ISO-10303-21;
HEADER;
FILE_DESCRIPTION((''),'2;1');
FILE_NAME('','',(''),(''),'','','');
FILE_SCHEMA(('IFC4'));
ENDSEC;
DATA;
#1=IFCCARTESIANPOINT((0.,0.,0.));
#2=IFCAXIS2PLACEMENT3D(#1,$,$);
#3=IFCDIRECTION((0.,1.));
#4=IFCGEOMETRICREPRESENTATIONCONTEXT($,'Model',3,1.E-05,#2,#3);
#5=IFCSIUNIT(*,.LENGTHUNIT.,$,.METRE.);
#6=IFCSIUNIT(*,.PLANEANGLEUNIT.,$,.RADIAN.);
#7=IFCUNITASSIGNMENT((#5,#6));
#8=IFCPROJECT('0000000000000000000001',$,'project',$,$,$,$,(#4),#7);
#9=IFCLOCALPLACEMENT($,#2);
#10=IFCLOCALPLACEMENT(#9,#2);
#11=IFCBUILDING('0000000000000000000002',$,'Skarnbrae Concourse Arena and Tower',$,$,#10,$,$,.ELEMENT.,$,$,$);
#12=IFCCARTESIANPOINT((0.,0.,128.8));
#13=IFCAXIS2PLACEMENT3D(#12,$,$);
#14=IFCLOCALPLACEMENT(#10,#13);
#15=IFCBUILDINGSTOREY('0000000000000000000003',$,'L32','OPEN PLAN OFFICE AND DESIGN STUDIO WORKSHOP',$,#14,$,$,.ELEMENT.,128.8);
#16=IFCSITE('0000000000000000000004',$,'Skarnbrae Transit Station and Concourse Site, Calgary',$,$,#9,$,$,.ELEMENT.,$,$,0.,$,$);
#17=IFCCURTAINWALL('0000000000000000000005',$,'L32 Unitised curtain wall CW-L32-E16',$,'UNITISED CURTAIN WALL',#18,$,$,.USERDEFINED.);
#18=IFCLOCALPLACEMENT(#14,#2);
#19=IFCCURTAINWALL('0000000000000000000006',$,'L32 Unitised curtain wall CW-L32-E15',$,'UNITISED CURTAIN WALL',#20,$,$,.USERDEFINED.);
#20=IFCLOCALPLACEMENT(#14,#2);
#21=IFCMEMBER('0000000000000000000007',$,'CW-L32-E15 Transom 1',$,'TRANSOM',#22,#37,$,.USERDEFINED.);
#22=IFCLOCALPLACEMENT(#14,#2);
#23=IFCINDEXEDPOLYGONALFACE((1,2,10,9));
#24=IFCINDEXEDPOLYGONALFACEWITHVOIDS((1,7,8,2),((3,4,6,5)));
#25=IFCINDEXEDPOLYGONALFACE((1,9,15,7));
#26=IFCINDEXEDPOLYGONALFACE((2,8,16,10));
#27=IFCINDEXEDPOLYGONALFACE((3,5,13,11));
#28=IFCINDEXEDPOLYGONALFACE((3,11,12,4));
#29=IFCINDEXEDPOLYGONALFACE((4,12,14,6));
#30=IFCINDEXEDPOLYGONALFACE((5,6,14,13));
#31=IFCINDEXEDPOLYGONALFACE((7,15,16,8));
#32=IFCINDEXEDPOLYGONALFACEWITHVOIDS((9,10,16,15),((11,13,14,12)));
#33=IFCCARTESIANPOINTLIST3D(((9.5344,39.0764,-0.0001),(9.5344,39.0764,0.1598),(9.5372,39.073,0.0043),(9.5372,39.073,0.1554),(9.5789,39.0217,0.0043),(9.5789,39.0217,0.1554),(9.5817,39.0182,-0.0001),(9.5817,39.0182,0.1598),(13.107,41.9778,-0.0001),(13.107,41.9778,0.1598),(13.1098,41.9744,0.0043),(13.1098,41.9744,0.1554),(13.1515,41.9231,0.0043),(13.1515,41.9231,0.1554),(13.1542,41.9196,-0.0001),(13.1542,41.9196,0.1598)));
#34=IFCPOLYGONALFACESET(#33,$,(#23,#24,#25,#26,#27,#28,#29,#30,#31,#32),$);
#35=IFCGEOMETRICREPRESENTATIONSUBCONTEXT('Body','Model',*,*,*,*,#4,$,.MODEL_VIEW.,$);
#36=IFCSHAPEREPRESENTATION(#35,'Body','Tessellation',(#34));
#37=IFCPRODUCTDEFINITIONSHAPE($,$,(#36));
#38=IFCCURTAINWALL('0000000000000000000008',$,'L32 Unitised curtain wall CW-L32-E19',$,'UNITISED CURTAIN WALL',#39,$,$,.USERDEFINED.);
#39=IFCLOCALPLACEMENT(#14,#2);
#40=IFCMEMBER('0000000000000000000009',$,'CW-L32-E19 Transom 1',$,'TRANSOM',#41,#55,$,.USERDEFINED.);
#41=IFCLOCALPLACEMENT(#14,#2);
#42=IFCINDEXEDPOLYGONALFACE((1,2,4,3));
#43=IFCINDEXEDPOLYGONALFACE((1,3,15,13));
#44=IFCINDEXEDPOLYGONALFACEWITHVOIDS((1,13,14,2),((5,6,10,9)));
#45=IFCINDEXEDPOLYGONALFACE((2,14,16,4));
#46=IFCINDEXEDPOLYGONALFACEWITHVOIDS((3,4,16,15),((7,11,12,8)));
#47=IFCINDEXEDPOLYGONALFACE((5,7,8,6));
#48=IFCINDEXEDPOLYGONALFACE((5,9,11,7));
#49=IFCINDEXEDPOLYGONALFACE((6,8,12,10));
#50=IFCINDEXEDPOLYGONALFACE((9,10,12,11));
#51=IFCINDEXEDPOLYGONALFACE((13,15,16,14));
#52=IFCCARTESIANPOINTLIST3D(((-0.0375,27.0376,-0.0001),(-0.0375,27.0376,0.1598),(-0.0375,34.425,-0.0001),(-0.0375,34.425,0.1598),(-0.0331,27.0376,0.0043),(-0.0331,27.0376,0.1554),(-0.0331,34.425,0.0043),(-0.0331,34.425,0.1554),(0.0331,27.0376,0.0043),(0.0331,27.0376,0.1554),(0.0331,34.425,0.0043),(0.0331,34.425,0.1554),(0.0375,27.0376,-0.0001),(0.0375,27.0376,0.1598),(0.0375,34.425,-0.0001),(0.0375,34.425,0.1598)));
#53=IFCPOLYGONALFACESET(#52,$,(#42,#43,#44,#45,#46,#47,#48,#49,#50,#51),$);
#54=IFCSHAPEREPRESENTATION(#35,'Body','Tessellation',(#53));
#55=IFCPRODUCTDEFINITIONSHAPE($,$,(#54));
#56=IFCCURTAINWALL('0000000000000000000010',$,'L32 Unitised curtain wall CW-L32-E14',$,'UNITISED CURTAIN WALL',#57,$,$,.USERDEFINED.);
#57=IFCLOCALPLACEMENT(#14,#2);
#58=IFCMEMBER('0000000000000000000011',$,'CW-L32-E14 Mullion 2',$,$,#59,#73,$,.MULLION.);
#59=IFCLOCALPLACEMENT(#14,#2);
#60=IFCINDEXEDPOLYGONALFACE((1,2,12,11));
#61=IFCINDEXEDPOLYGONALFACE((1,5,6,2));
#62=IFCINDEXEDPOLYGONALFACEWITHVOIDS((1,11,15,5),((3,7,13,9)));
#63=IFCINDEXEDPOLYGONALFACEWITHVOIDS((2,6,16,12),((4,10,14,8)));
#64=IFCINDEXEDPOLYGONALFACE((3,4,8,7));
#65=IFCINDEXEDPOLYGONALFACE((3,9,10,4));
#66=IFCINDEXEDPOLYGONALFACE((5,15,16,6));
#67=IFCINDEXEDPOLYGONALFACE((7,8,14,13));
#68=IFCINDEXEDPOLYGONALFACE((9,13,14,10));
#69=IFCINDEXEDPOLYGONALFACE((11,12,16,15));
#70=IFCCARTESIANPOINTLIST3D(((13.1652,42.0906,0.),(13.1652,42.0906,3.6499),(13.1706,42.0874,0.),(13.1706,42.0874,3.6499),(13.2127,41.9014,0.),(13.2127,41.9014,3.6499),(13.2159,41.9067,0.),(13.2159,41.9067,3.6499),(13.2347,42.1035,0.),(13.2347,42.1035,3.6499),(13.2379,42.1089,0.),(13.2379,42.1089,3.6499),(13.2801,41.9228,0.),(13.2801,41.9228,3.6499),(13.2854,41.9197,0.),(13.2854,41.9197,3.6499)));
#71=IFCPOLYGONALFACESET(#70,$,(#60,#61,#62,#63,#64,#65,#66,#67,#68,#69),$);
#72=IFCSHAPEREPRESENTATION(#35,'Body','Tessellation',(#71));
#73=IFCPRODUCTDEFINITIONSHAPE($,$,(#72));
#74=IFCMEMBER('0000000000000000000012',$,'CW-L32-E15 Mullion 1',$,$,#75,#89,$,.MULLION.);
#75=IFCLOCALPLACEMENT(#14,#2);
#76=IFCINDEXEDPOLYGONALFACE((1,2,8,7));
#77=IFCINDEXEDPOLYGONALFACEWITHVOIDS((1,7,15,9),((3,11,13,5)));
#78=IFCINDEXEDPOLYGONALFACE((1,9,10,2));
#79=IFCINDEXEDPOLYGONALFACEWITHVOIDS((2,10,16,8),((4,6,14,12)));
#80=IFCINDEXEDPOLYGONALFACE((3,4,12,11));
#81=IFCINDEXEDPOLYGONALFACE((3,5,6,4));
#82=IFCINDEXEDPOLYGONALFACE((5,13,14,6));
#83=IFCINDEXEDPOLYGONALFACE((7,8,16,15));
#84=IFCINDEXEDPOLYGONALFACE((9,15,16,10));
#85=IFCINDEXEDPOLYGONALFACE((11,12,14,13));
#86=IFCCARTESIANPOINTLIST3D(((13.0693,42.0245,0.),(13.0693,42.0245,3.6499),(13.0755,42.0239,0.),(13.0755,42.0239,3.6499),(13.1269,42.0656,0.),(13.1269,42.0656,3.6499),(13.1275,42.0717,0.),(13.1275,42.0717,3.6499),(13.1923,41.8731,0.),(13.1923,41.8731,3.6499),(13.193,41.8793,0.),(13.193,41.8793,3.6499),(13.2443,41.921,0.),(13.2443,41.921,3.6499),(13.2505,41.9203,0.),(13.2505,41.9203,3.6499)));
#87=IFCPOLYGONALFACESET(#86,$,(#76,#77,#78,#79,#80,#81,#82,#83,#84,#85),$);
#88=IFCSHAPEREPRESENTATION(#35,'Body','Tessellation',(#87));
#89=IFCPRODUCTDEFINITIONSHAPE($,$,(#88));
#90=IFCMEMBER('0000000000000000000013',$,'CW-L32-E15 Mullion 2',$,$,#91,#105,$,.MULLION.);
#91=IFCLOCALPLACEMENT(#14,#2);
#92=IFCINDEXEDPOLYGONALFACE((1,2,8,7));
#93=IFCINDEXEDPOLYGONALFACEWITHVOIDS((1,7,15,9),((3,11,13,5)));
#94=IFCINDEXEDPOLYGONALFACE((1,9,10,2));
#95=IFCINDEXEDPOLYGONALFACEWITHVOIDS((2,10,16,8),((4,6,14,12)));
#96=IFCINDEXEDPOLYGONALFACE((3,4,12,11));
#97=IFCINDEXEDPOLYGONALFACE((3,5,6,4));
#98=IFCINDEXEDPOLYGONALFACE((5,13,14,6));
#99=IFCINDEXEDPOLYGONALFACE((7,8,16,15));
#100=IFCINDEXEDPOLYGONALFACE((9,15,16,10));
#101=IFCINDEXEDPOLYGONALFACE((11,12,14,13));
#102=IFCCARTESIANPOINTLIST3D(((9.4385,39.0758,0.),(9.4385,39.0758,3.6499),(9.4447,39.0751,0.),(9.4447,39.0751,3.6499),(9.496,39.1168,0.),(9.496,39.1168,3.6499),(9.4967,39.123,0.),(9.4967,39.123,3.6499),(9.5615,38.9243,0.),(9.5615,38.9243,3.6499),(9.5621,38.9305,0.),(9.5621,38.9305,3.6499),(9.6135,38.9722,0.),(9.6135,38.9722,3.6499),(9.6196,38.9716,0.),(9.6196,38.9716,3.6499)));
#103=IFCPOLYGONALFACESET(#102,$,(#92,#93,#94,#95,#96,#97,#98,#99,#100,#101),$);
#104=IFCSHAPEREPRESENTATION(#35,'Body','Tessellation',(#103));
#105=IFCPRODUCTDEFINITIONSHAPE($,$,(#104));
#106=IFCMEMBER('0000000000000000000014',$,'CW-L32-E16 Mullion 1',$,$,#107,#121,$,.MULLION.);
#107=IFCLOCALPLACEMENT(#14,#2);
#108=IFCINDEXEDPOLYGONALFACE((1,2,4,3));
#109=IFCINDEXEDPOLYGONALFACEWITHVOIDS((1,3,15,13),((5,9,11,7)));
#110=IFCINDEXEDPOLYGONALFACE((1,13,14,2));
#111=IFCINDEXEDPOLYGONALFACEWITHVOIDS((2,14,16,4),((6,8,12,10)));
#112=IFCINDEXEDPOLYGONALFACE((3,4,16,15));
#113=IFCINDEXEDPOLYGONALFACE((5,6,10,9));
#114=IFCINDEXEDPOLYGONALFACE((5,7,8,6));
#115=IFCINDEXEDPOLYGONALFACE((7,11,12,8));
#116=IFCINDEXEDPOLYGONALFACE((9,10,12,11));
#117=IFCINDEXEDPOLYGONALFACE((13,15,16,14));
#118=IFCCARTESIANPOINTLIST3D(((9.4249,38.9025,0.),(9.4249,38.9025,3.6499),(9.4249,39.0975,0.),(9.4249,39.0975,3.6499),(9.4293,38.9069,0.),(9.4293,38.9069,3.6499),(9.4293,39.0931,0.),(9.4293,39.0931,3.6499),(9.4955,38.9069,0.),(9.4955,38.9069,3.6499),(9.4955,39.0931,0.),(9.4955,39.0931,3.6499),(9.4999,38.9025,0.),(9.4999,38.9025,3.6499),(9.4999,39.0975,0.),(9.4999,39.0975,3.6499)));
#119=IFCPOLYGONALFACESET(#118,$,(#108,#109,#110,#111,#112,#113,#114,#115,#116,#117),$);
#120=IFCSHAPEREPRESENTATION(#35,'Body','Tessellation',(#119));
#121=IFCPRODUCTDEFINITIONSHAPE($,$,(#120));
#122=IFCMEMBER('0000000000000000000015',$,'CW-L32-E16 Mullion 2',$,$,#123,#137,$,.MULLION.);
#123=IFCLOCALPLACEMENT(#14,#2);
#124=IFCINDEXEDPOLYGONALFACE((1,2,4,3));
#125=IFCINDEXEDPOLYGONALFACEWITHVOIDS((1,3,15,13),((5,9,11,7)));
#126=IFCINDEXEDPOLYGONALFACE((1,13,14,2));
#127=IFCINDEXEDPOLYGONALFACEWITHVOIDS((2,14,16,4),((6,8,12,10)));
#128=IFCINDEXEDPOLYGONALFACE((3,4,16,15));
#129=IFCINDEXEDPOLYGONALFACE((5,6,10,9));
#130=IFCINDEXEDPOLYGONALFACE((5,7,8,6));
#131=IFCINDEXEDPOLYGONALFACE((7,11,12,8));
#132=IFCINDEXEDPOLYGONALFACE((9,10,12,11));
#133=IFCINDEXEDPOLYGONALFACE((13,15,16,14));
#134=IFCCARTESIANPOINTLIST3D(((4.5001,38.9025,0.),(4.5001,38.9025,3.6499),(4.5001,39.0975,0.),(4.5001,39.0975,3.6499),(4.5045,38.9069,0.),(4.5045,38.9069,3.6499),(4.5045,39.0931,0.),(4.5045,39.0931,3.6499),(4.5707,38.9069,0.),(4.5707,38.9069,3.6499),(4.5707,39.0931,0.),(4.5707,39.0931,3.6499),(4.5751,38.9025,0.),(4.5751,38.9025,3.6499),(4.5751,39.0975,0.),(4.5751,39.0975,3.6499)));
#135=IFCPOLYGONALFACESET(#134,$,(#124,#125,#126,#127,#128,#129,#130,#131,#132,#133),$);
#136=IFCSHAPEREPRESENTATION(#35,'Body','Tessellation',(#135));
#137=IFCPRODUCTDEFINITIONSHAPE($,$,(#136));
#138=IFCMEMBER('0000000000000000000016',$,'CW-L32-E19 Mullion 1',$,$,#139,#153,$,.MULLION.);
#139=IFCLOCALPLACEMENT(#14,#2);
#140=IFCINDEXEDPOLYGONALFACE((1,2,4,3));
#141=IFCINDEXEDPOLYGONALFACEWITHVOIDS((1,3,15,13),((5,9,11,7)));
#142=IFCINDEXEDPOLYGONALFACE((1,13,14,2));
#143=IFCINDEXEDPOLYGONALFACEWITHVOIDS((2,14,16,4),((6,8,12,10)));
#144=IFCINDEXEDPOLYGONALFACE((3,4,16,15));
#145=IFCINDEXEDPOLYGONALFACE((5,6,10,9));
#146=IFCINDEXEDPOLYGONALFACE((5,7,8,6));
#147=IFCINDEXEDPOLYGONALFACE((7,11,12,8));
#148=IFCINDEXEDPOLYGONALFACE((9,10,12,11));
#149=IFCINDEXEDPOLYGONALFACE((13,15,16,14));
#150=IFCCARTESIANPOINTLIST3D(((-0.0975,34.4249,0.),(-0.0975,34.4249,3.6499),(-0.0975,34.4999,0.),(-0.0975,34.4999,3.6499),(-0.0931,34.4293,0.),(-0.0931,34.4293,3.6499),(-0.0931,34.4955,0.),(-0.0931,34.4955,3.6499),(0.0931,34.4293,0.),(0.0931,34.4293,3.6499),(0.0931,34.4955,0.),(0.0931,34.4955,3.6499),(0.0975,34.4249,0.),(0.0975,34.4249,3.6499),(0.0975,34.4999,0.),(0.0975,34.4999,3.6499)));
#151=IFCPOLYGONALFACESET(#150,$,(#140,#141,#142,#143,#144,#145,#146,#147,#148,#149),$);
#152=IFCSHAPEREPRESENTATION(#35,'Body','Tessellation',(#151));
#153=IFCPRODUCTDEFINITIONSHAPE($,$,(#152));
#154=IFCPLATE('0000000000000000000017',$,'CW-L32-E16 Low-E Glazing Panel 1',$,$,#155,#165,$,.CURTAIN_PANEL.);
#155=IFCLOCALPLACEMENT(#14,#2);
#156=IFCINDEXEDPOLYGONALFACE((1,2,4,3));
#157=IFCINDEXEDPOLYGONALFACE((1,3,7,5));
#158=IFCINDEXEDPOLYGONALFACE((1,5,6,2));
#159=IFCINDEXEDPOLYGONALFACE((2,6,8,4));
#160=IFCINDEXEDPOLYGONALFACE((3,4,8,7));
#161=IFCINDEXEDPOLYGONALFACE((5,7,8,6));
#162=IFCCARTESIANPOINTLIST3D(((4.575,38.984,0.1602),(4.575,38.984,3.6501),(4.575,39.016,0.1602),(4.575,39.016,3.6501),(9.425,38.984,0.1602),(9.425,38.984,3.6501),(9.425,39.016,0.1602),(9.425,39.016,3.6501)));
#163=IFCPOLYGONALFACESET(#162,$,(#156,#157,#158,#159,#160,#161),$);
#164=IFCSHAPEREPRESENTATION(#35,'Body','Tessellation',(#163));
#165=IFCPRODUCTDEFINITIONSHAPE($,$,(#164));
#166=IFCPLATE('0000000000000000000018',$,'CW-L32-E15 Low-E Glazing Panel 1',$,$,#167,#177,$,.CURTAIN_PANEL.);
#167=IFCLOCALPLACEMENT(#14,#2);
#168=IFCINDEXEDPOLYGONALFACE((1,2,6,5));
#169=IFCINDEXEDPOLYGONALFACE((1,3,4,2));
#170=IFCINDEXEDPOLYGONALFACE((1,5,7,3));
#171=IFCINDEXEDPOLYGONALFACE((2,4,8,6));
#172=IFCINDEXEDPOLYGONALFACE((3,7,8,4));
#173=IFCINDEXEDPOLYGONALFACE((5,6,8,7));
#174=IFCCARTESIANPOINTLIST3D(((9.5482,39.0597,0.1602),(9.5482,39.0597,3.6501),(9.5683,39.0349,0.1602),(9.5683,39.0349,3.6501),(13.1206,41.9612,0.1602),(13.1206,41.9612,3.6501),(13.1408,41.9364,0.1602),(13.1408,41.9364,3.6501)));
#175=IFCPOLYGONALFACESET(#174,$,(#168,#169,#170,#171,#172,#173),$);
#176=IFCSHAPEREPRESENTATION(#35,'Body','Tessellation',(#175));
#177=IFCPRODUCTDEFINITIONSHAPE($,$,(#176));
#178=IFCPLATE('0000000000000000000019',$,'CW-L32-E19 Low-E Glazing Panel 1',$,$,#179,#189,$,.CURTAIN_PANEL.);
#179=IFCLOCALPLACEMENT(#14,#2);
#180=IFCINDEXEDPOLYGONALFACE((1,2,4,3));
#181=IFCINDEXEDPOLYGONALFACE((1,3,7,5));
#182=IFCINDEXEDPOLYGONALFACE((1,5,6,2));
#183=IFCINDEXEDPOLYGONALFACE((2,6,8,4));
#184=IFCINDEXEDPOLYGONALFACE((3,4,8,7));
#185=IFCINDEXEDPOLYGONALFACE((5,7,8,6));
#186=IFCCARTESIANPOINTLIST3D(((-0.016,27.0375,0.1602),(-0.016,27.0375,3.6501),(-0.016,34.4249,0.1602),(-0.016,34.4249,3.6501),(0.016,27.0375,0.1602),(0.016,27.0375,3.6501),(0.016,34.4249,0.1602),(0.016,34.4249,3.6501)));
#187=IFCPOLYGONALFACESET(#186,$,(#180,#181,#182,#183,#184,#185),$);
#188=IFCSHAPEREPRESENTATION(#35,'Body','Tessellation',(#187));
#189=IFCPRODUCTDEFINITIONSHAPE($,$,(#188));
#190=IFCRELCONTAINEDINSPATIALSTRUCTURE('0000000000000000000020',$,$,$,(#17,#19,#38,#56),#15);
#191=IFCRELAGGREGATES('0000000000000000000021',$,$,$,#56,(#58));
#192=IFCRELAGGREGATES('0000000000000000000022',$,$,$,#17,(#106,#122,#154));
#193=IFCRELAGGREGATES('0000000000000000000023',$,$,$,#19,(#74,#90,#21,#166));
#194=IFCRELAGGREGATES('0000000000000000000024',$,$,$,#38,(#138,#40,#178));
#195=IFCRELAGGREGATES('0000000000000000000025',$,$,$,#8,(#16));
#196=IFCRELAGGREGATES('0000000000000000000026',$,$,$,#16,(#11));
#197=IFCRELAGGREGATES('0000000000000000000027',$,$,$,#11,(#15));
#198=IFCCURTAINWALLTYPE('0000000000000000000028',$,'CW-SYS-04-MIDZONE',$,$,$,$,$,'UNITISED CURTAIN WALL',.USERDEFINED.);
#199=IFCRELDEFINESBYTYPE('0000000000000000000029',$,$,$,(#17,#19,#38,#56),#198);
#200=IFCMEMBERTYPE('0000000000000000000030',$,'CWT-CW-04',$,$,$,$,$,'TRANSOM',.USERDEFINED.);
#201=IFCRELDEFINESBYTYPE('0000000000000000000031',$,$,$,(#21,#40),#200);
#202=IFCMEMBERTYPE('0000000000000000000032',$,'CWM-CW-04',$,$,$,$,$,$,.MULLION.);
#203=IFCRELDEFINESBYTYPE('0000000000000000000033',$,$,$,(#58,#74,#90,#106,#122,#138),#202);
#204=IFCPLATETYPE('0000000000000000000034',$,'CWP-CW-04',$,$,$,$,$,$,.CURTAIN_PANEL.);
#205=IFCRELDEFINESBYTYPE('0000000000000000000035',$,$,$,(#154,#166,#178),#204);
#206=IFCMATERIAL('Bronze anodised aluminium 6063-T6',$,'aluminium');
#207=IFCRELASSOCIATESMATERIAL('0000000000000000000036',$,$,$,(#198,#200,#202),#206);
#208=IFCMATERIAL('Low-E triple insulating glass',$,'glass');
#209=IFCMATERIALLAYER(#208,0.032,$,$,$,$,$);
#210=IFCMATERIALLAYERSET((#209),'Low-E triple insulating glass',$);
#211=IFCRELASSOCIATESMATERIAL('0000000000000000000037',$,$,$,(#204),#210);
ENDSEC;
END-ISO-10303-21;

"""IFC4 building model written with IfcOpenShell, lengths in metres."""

from ifc_helpers import new_model, si_unit, direction, frame, origin, origin_2d, place, context, subcontext, project, spatial, rectangle, hollow_rectangle, extrude, source, transform, mapped, material, layer, layer_set, material_profile, profile_set, type_object, element, aggregate, save


model = new_model("IFC4")

# Units and contexts
model_context = context("Model", 3, precision=1e-05, world=origin(), true_north=direction((0.0, 1.0)))
body_context = subcontext(model_context, "Body", "Model", "MODEL_VIEW")
ifc_project = project(units=[si_unit("LENGTHUNIT", "METRE"), si_unit("PLANEANGLEUNIT", "RADIAN")], contexts=[model_context])

# Site, building, storey
site_placement = place(None, origin())
site = spatial("IfcSite", under=ifc_project, at=site_placement, Name="Skarnbrae Transit Station and Concourse Site, Calgary", CompositionType="ELEMENT", RefElevation=0.0)
building_placement = place(site_placement, origin())
building = spatial("IfcBuilding", under=site, at=building_placement, Name="Skarnbrae Concourse Arena and Tower", CompositionType="ELEMENT")
storey_placement = place(building_placement, frame((0.0, 0.0, 128.8)))
storey = spatial("IfcBuildingStorey", under=building, at=storey_placement, Name="L32", Description="OPEN PLAN OFFICE AND DESIGN STUDIO WORKSHOP", CompositionType="ELEMENT", Elevation=128.8)

# Curtain walls, members
ifc_material_1 = material(Name="Bronze anodised aluminium 6063-T6", Category="aluminium")
curtain_wall_type = type_object("IfcCurtainWallType", Name="CW-SYS-04-MIDZONE", ElementType="UNITISED CURTAIN WALL", PredefinedType="USERDEFINED", material=ifc_material_1)
curtain_wall_1_placement = place(storey_placement, origin())
curtain_wall_1 = element("IfcCurtainWall", 1, at=curtain_wall_1_placement, inside=storey, type_object=curtain_wall_type, Name="L32 Unitised curtain wall CW-L32-E16", ObjectType="UNITISED CURTAIN WALL", PredefinedType="USERDEFINED")
ifc_material_profile_1 = material_profile(ifc_material_1, hollow_rectangle(XDim=0.075, YDim=0.1599, WallThickness=0.0044, at=origin_2d()), Name="ALU-TRAN-75X160")
ifc_profile_set_1 = profile_set([ifc_material_profile_1], Name="Bronze anodised aluminium 6063-T6")
member_type_1 = type_object("IfcMemberType", Name="CWT-CW-04", ElementType="TRANSOM", PredefinedType="USERDEFINED", material=ifc_profile_set_1)
curtain_wall_2_placement = place(storey_placement, origin())
curtain_wall_2 = element("IfcCurtainWall", 2, at=curtain_wall_2_placement, inside=storey, type_object=curtain_wall_type, Name="L32 Unitised curtain wall CW-L32-E15", ObjectType="UNITISED CURTAIN WALL", PredefinedType="USERDEFINED")
shared_shape_1 = source(origin(), body_context, "Body", "SweptSolid", [
    extrude(hollow_rectangle(XDim=0.075, YDim=0.1599, WallThickness=0.0044, at=origin_2d()), origin(), (0.0, 0.0, 1.0), 4.6023),
])
member_1_placement = place(storey_placement, frame((13.1306, 41.9487, 0.0798), z_axis=(-0.776252, -0.630423, 0.0), x_axis=(0.630423, -0.776252, 0.0)))
member_1 = element("IfcMember", 3, at=member_1_placement, type_object=member_type_1, Name="CW-L32-E15 Transom 1", ObjectType="TRANSOM", PredefinedType="USERDEFINED", context=body_context, shape_type="MappedRepresentation", body=[
    mapped(shared_shape_1, transform((0.0, 0.0, 0.0))),
])
curtain_wall_3_placement = place(storey_placement, origin())
curtain_wall_3 = element("IfcCurtainWall", 4, at=curtain_wall_3_placement, inside=storey, type_object=curtain_wall_type, Name="L32 Unitised curtain wall CW-L32-E19", ObjectType="UNITISED CURTAIN WALL", PredefinedType="USERDEFINED")
shared_shape_2 = source(origin(), body_context, "Body", "SweptSolid", [
    extrude(hollow_rectangle(XDim=0.075, YDim=0.1599, WallThickness=0.0044, at=origin_2d()), origin(), (0.0, 0.0, 1.0), 7.3875),
])
member_2_placement = place(storey_placement, frame((0.0, 34.425, 0.0798), z_axis=(0.0, -1.0, 0.0), x_axis=(1.0, 0.0, 0.0)))
member_2 = element("IfcMember", 5, at=member_2_placement, type_object=member_type_1, Name="CW-L32-E19 Transom 1", ObjectType="TRANSOM", PredefinedType="USERDEFINED", context=body_context, shape_type="MappedRepresentation", body=[
    mapped(shared_shape_2, transform((0.0, 0.0, 0.0))),
])
curtain_wall_4_placement = place(storey_placement, origin())
curtain_wall_4 = element("IfcCurtainWall", 6, at=curtain_wall_4_placement, inside=storey, type_object=curtain_wall_type, Name="L32 Unitised curtain wall CW-L32-E14", ObjectType="UNITISED CURTAIN WALL", PredefinedType="USERDEFINED")
ifc_material_profile_2 = material_profile(ifc_material_1, hollow_rectangle(XDim=0.075, YDim=0.1951, WallThickness=0.0044, at=origin_2d()), Name="ALU-MULL-75X195")
ifc_profile_set_2 = profile_set([ifc_material_profile_2], Name="Bronze anodised aluminium 6063-T6")
member_type_2 = type_object("IfcMemberType", Name="CWM-CW-04", PredefinedType="MULLION", material=ifc_profile_set_2)
shared_shape_3 = source(origin(), body_context, "Body", "SweptSolid", [
    extrude(hollow_rectangle(XDim=0.075, YDim=0.1951, WallThickness=0.0044, at=origin_2d()), origin(), (0.0, 0.0, 1.0), 3.6499),
])
member_3_placement = place(storey_placement, frame((13.2253, 42.0051, 0.0), z_axis=(0.0, 0.0, 1.0), x_axis=(-0.969903, -0.243491, 0.0)))
member_3 = element("IfcMember", 7, at=member_3_placement, type_object=member_type_2, Name="CW-L32-E14 Mullion 2", PredefinedType="MULLION", context=body_context, shape_type="MappedRepresentation", body=[
    mapped(shared_shape_3, transform((0.0, 0.0, 0.0))),
])
aggregate(curtain_wall_4, [member_3])

# Members
member_4_placement = place(storey_placement, frame((13.1599, 41.9724, 0.0), z_axis=(0.0, 0.0, 1.0), x_axis=(-0.776241, -0.630436, 0.0)))
member_4 = element("IfcMember", 8, at=member_4_placement, type_object=member_type_2, Name="CW-L32-E15 Mullion 1", PredefinedType="MULLION", context=body_context, shape_type="MappedRepresentation", body=[
    mapped(shared_shape_3, transform((0.0, 0.0, 0.0))),
])
member_5_placement = place(storey_placement, frame((9.5291, 39.0237, 0.0), z_axis=(0.0, 0.0, 1.0), x_axis=(-0.776241, -0.630436, 0.0)))
member_5 = element("IfcMember", 9, at=member_5_placement, type_object=member_type_2, Name="CW-L32-E15 Mullion 2", PredefinedType="MULLION", context=body_context, shape_type="MappedRepresentation", body=[
    mapped(shared_shape_3, transform((0.0, 0.0, 0.0))),
])
member_6_placement = place(storey_placement, frame((9.4624, 39.0, 0.0), z_axis=(0.0, 0.0, 1.0), x_axis=(-1.0, 0.0, 0.0)))
member_6 = element("IfcMember", 10, at=member_6_placement, type_object=member_type_2, Name="CW-L32-E16 Mullion 1", PredefinedType="MULLION", context=body_context, shape_type="MappedRepresentation", body=[
    mapped(shared_shape_3, transform((0.0, 0.0, 0.0))),
])
member_7_placement = place(storey_placement, frame((4.5376, 39.0, 0.0), z_axis=(0.0, 0.0, 1.0), x_axis=(-1.0, 0.0, 0.0)))
member_7 = element("IfcMember", 11, at=member_7_placement, type_object=member_type_2, Name="CW-L32-E16 Mullion 2", PredefinedType="MULLION", context=body_context, shape_type="MappedRepresentation", body=[
    mapped(shared_shape_3, transform((0.0, 0.0, 0.0))),
])
member_8_placement = place(storey_placement, frame((0.0, 34.4624, 0.0), z_axis=(0.0, 0.0, 1.0), x_axis=(0.0, -1.0, 0.0)))
member_8 = element("IfcMember", 12, at=member_8_placement, type_object=member_type_2, Name="CW-L32-E19 Mullion 1", PredefinedType="MULLION", context=body_context, shape_type="MappedRepresentation", body=[
    mapped(shared_shape_3, transform((0.0, 0.0, 0.0))),
])

# Plates
ifc_material_2 = material(Name="Low-E triple insulating glass", Category="glass")
ifc_layer_1 = layer(ifc_material_2, 0.032)
ifc_layer_set_1 = layer_set([ifc_layer_1], Name="Low-E triple insulating glass")
plate_type = type_object("IfcPlateType", Name="CWP-CW-04", PredefinedType="CURTAIN_PANEL", material=ifc_layer_set_1)
shared_shape_4 = source(origin(), body_context, "Body", "SweptSolid", [
    extrude(rectangle(XDim=4.8501, YDim=0.032, at=origin_2d()), origin(), (0.0, 0.0, 1.0), 3.49),
])
plate_1_placement = place(storey_placement, frame((7.0, 39.0, 0.1602), z_axis=(0.0, 0.0, 1.0), x_axis=(-1.0, 0.0, 0.0)))
plate_1 = element("IfcPlate", 13, at=plate_1_placement, type_object=plate_type, Name="CW-L32-E16 Low-E Glazing Panel 1", PredefinedType="CURTAIN_PANEL", context=body_context, shape_type="MappedRepresentation", body=[
    mapped(shared_shape_4, transform((0.0, 0.0, 0.0))),
])
aggregate(curtain_wall_1, [member_6, member_7, plate_1])
shared_shape_5 = source(origin(), body_context, "Body", "SweptSolid", [
    extrude(rectangle(XDim=4.6023, YDim=0.032, at=origin_2d()), origin(), (0.0, 0.0, 1.0), 3.49),
])
plate_2_placement = place(storey_placement, frame((11.3445, 40.498, 0.1602), z_axis=(0.0, 0.0, 1.0), x_axis=(-0.776241, -0.630436, 0.0)))
plate_2 = element("IfcPlate", 14, at=plate_2_placement, type_object=plate_type, Name="CW-L32-E15 Low-E Glazing Panel 1", PredefinedType="CURTAIN_PANEL", context=body_context, shape_type="MappedRepresentation", body=[
    mapped(shared_shape_5, transform((0.0, 0.0, 0.0))),
])
aggregate(curtain_wall_2, [member_4, member_5, member_1, plate_2])
shared_shape_6 = source(origin(), body_context, "Body", "SweptSolid", [
    extrude(rectangle(XDim=7.3875, YDim=0.032, at=origin_2d()), origin(), (0.0, 0.0, 1.0), 3.49),
])
plate_3_placement = place(storey_placement, frame((0.0, 30.7312, 0.1602), z_axis=(0.0, 0.0, 1.0), x_axis=(0.0, -1.0, 0.0)))
plate_3 = element("IfcPlate", 15, at=plate_3_placement, type_object=plate_type, Name="CW-L32-E19 Low-E Glazing Panel 1", PredefinedType="CURTAIN_PANEL", context=body_context, shape_type="MappedRepresentation", body=[
    mapped(shared_shape_6, transform((0.0, 0.0, 0.0))),
])
aggregate(curtain_wall_3, [member_8, member_2, plate_3])

save(model, "model.ifc")
